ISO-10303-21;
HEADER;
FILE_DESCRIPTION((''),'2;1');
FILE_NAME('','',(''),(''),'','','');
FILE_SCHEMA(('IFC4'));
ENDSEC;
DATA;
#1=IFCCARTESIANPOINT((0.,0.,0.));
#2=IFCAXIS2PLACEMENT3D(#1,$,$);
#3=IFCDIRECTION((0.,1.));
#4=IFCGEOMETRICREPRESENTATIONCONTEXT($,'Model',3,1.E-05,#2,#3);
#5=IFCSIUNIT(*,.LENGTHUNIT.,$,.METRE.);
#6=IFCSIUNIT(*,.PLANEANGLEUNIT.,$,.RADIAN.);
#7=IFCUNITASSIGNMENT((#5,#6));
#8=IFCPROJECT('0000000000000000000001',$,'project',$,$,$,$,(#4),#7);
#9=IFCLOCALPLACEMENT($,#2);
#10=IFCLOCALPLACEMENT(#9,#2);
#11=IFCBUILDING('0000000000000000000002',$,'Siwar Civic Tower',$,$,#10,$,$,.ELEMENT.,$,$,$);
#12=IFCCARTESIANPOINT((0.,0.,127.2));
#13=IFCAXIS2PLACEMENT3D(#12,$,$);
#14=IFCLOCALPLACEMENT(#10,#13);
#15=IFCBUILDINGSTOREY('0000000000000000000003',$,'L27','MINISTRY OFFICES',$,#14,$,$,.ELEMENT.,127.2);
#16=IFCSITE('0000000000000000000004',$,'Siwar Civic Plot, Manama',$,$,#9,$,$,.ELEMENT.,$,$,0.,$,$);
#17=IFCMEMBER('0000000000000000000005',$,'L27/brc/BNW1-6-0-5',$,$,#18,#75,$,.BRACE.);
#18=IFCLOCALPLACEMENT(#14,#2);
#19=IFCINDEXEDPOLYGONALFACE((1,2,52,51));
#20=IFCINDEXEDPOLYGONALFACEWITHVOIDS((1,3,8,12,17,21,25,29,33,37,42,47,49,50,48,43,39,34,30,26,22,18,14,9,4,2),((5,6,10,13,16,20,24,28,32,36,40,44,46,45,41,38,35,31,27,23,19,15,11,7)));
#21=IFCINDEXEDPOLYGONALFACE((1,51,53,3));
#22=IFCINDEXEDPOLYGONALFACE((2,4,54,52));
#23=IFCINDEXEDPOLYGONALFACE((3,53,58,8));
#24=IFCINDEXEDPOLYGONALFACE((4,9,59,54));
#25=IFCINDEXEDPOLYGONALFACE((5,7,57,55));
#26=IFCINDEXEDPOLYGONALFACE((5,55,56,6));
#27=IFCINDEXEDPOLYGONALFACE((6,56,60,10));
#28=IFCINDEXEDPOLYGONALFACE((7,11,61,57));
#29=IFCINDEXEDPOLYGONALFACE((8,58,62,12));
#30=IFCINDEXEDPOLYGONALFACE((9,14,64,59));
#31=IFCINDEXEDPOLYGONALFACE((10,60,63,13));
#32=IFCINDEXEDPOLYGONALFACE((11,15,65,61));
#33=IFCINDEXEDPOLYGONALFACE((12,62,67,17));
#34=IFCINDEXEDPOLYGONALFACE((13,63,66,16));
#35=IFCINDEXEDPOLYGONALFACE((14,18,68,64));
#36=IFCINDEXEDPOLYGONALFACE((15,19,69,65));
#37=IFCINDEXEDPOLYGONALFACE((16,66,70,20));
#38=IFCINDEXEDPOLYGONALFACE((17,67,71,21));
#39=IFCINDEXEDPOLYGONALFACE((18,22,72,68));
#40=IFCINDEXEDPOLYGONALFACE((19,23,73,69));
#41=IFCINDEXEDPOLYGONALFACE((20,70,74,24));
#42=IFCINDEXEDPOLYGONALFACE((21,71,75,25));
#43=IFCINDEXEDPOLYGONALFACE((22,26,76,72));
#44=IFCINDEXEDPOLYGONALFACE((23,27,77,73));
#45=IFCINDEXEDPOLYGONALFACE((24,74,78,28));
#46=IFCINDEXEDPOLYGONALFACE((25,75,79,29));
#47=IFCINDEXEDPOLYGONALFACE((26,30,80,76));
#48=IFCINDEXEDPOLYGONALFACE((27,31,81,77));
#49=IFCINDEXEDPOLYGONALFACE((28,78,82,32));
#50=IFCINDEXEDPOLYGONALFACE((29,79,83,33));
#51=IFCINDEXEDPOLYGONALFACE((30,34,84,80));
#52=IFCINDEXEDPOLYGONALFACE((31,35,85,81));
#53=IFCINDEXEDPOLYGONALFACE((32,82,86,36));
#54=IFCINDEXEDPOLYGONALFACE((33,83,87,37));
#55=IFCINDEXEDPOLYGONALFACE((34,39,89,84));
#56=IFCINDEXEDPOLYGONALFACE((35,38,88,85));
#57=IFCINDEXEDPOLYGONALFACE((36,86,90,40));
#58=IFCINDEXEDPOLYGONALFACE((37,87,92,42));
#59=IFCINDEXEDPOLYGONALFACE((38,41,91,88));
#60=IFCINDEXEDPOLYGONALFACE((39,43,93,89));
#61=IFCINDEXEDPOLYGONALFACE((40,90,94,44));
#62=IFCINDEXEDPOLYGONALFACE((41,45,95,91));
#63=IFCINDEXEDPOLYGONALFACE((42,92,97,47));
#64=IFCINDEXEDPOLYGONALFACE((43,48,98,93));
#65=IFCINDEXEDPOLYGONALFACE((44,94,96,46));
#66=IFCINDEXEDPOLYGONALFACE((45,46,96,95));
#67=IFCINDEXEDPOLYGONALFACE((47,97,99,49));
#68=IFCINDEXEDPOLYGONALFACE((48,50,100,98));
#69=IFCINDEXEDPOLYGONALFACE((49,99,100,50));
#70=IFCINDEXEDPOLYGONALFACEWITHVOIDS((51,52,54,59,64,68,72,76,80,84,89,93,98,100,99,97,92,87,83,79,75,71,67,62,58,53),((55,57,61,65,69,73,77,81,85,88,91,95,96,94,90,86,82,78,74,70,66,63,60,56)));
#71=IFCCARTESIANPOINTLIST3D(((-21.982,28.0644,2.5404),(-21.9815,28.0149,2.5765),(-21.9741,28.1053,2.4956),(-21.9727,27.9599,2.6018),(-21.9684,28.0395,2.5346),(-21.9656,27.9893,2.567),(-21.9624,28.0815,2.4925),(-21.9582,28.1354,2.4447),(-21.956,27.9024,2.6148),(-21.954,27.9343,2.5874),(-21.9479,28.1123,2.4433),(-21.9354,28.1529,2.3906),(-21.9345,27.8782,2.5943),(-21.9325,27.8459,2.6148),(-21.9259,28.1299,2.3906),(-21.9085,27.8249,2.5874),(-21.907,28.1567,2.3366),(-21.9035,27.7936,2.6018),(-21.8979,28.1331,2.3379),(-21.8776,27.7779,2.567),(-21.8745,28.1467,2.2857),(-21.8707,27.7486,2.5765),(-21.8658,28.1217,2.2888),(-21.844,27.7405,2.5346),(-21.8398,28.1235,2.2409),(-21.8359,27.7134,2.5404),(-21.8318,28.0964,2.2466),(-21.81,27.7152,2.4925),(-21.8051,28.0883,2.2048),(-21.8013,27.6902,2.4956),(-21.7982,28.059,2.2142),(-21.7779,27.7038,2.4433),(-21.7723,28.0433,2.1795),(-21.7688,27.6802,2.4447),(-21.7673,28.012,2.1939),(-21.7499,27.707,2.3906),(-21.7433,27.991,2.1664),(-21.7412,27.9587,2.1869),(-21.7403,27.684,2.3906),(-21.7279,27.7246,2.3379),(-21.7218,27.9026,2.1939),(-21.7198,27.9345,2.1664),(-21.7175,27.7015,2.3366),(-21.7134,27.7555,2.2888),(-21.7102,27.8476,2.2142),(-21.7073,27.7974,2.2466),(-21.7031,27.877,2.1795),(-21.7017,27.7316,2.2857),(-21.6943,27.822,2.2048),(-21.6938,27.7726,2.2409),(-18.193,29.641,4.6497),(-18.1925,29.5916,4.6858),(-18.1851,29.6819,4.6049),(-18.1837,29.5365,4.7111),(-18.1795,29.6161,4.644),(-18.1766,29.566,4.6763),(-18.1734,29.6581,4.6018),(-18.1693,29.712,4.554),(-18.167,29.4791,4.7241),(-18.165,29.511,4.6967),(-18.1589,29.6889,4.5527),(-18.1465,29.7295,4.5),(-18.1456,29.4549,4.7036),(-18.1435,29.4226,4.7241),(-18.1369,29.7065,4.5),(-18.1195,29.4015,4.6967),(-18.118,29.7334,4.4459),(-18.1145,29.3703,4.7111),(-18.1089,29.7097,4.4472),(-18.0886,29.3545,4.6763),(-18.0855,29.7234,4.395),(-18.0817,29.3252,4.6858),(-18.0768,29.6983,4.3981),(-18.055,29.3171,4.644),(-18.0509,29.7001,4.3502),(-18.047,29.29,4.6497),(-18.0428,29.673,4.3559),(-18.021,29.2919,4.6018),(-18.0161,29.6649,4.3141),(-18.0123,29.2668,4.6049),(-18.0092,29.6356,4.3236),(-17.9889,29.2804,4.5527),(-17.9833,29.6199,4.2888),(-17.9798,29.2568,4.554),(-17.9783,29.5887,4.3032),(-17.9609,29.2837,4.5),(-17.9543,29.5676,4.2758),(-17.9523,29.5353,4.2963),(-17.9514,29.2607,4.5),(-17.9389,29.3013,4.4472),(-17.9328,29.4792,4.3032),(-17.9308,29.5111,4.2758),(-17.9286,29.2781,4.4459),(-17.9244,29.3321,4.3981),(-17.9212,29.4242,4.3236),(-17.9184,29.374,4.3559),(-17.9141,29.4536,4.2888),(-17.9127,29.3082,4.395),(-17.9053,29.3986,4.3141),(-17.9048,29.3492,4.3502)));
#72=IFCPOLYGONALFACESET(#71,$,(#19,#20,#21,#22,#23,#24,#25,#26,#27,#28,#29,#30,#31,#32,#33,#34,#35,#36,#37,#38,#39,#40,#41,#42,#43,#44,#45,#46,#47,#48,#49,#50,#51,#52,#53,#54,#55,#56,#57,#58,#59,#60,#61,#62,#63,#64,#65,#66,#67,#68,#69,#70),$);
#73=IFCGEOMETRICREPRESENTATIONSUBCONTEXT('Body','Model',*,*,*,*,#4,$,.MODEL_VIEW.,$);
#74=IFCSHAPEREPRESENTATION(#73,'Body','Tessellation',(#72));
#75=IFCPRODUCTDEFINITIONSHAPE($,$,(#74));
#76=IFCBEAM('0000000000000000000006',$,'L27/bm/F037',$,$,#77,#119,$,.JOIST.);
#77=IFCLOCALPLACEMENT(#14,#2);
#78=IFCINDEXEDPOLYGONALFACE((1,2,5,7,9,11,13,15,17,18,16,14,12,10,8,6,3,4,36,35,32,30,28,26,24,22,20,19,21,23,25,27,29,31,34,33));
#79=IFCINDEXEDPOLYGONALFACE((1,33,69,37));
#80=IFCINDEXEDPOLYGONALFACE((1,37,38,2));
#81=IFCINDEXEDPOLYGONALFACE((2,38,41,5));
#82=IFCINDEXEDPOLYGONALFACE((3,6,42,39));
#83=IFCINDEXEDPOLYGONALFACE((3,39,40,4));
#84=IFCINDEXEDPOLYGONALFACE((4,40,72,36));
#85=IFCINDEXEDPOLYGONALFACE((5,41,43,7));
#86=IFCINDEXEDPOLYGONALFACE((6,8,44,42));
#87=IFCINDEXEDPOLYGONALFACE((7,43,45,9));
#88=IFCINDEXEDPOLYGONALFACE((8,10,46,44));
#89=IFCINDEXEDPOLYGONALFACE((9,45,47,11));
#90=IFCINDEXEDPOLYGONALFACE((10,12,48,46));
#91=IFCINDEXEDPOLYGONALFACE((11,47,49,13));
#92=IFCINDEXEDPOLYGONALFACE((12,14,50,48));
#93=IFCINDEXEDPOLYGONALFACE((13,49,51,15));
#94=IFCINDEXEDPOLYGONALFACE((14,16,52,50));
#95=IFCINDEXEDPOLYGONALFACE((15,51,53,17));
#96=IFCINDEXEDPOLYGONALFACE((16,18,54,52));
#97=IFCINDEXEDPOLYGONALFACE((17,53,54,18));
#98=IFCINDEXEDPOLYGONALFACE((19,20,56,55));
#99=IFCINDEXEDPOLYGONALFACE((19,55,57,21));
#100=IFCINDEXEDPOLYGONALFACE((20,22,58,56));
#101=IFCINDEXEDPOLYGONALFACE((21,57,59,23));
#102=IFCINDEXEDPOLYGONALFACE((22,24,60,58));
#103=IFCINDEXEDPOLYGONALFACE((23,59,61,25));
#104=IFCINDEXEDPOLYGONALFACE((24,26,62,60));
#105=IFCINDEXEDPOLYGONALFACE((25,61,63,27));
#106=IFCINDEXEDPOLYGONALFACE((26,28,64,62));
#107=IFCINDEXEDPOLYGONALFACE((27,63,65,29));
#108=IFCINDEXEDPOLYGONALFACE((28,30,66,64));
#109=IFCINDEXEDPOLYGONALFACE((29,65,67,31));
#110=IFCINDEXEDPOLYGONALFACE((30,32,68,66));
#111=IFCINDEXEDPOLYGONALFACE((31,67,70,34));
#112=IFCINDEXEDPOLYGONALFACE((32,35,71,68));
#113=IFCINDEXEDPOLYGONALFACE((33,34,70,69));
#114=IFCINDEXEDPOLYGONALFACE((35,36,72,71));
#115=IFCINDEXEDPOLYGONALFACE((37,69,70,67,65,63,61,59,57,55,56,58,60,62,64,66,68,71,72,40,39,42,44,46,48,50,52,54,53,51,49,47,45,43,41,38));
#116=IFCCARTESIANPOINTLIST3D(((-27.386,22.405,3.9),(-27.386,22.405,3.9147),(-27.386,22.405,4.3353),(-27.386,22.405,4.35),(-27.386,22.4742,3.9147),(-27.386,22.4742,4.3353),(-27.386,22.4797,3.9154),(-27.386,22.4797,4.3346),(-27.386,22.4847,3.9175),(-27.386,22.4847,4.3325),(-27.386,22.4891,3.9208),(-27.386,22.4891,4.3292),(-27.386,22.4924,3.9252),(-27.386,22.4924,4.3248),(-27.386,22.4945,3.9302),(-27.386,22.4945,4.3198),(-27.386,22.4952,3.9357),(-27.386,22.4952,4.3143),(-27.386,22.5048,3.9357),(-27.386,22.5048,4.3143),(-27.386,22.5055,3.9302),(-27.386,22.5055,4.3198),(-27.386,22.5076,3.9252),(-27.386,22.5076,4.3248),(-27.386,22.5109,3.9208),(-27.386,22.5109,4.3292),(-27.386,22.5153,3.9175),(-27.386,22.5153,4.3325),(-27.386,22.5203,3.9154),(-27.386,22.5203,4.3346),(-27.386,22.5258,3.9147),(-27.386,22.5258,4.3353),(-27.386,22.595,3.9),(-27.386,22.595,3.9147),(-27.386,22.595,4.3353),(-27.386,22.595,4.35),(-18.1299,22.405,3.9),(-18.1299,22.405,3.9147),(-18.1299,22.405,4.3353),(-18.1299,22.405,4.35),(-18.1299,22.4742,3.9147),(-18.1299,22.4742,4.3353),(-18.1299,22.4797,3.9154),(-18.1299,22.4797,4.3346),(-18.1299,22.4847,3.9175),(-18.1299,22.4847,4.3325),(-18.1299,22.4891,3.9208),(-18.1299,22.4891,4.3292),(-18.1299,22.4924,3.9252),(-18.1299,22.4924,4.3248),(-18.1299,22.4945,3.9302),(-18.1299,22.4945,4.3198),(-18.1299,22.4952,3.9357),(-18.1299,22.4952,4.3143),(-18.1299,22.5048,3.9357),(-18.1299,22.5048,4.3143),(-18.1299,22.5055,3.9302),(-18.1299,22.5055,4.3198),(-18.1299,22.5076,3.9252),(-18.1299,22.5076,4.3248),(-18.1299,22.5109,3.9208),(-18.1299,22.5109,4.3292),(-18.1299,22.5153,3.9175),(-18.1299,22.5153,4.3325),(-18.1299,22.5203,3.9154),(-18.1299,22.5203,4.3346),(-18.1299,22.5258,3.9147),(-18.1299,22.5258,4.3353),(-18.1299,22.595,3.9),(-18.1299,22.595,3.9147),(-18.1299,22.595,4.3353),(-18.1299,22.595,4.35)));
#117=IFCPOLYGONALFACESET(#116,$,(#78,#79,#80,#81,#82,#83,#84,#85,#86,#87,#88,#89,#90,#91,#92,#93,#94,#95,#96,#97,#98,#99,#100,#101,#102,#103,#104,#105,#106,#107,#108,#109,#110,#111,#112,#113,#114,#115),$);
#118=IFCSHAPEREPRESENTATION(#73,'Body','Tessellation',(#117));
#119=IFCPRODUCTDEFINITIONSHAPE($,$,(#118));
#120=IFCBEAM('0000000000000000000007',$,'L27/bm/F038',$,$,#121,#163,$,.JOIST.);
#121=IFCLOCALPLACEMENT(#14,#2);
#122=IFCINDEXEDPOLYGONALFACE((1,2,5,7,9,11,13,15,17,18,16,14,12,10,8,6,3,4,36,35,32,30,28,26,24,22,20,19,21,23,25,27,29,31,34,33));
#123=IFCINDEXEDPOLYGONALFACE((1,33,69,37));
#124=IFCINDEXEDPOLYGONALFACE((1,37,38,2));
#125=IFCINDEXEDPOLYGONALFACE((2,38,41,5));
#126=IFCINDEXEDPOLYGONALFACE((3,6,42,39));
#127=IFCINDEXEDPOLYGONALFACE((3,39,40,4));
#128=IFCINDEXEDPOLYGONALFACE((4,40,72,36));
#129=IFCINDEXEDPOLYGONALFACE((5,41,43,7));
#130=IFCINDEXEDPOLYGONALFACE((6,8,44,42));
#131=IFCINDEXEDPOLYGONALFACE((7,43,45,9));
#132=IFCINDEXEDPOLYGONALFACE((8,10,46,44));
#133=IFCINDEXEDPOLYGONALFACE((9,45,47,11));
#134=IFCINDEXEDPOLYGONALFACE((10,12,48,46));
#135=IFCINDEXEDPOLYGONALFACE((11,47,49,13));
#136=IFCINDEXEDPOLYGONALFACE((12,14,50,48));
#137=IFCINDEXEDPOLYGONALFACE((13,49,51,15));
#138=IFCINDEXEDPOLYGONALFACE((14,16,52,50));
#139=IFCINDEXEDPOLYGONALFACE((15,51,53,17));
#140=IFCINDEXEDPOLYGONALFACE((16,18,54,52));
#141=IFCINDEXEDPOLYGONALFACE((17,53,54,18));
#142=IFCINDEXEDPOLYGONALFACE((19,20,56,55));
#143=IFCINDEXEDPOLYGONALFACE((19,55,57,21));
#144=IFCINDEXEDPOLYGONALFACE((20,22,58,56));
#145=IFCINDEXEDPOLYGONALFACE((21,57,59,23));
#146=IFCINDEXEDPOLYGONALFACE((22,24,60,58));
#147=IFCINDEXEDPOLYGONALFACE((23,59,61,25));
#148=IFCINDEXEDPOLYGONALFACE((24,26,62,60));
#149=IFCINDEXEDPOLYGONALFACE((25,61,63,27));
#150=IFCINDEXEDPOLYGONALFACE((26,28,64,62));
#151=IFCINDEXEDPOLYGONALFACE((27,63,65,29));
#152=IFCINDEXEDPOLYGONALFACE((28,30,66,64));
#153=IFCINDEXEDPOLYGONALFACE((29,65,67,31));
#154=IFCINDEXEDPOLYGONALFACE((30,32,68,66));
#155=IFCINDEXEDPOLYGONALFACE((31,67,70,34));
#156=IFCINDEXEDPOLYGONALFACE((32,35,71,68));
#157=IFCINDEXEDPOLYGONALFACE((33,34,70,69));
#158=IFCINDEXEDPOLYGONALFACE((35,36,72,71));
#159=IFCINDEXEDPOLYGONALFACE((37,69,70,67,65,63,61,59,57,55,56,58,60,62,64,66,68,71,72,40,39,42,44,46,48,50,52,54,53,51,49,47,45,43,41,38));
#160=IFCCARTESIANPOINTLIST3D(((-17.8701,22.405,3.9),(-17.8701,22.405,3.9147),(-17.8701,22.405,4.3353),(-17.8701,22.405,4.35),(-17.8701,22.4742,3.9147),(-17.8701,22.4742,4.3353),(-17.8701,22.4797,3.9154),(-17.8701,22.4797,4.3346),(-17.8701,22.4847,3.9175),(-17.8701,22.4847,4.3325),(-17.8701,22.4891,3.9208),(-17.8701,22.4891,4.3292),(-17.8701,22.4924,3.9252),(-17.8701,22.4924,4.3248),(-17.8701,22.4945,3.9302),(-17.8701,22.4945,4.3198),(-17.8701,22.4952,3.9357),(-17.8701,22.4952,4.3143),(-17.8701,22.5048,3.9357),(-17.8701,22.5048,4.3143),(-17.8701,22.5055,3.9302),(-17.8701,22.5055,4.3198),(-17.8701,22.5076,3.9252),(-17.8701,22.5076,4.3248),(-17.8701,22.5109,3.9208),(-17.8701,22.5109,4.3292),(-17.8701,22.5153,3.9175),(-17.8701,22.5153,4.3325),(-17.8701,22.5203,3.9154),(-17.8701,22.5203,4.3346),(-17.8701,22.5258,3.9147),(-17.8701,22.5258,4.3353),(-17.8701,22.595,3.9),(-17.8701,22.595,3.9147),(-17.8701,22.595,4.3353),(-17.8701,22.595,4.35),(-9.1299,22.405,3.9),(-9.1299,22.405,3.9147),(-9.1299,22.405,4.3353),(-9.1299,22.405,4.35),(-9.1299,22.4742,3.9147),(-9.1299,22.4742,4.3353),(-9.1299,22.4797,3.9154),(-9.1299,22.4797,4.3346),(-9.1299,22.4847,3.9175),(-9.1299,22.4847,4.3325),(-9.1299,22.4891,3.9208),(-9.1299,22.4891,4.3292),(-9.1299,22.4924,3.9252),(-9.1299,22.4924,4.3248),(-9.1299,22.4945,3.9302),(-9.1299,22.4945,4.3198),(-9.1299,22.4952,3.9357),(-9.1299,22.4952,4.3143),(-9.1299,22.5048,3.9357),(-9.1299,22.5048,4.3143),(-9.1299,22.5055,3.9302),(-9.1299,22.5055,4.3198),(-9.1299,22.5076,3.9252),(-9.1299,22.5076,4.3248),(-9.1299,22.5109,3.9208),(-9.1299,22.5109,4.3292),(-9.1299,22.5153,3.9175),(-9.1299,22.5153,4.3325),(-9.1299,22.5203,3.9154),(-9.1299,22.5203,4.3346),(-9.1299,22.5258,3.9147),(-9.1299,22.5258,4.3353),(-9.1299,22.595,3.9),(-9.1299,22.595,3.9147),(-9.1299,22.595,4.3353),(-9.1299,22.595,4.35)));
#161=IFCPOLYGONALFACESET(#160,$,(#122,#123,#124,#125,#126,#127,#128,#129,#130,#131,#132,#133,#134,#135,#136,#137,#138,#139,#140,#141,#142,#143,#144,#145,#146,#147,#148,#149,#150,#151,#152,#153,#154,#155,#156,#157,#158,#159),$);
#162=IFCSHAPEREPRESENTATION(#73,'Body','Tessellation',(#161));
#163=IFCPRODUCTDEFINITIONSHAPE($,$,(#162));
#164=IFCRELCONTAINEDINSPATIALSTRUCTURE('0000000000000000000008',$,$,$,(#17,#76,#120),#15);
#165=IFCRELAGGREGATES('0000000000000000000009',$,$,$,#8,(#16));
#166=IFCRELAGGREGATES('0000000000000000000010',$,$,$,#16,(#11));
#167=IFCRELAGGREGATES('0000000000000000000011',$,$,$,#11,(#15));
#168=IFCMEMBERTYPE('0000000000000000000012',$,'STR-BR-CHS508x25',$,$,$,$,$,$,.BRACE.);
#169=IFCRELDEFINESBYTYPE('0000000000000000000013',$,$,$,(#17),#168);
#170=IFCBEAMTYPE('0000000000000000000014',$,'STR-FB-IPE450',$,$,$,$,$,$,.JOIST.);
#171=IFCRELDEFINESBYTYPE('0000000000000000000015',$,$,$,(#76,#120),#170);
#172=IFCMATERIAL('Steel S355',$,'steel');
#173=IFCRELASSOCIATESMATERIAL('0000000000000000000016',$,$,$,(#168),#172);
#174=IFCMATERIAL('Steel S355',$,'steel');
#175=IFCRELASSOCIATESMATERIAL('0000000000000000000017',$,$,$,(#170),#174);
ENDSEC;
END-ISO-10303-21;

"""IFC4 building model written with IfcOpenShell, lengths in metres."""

from ifc_helpers import new_model, si_unit, direction, frame, origin, origin_2d, place, context, subcontext, project, spatial, hollow_circle, i_section, extrude, material, material_profile, profile_set, type_object, element, save


model = new_model("IFC4")

# Units and contexts
model_context = context("Model", 3, precision=1e-05, world=origin(), true_north=direction((0.0, 1.0)))
body_context = subcontext(model_context, "Body", "Model", "MODEL_VIEW")
ifc_project = project(units=[si_unit("LENGTHUNIT", "METRE"), si_unit("PLANEANGLEUNIT", "RADIAN")], contexts=[model_context])

# Site, building, storey
site_placement = place(None, origin())
site = spatial("IfcSite", under=ifc_project, at=site_placement, Name="Siwar Civic Plot, Manama", CompositionType="ELEMENT", RefElevation=0.0)
building_placement = place(site_placement, origin())
building = spatial("IfcBuilding", under=site, at=building_placement, Name="Siwar Civic Tower", CompositionType="ELEMENT")
storey_placement = place(building_placement, frame((0.0, 0.0, 127.2)))
storey = spatial("IfcBuildingStorey", under=building, at=storey_placement, Name="L27", Description="MINISTRY OFFICES", CompositionType="ELEMENT", Elevation=127.2)

# Member
ifc_material_1 = material(Name="Steel S355", Category="steel")
ifc_material_profile_1 = material_profile(ifc_material_1, hollow_circle(Radius=0.2539, WallThickness=0.0249, at=origin_2d()), Name="CHS508x25")
ifc_profile_set_1 = profile_set([ifc_material_profile_1], Name="Steel S355")
member_type_1 = type_object("IfcMemberType", Name="STR-BR-CHS508x25", PredefinedType="BRACE", material=ifc_profile_set_1)
member_1_placement = place(storey_placement, frame((-21.8379, 27.9185, 2.3906), z_axis=(0.821146, 0.341686, 0.457133), x_axis=(-0.384176, 0.92326, 0.0)))
element("IfcMember", 1, at=member_1_placement, inside=storey, type_object=member_type_1, Name="L27/brc/BNW1-6-0-5", PredefinedType="BRACE", context=body_context, shape_type="SweptSolid", body=[
    extrude(hollow_circle(Radius=0.2539, WallThickness=0.0249, at=origin_2d()), origin(), (0.0, 0.0, 1.0), 4.6143),
])

# Beams
ifc_material_2 = material(Name="Steel S355", Category="steel")
ifc_material_profile_2 = material_profile(ifc_material_2, i_section(OverallWidth=0.1899, OverallDepth=0.45, WebThickness=0.0095, FlangeThickness=0.0146, FilletRadius=0.021, at=origin_2d()), Name="IPE450")
ifc_profile_set_2 = profile_set([ifc_material_profile_2], Name="Steel S355")
beam_type_1 = type_object("IfcBeamType", Name="STR-FB-IPE450", PredefinedType="JOIST", material=ifc_profile_set_2)
beam_1_placement = place(storey_placement, frame((-27.386, 22.5, 4.125), z_axis=(1.0, 0.0, 0.0), x_axis=(0.0, 1.0, 0.0)))
element("IfcBeam", 2, at=beam_1_placement, inside=storey, type_object=beam_type_1, Name="L27/bm/F037", PredefinedType="JOIST", context=body_context, shape_type="SweptSolid", body=[
    extrude(i_section(OverallWidth=0.1899, OverallDepth=0.45, WebThickness=0.0095, FlangeThickness=0.0146, FilletRadius=0.021, at=origin_2d()), origin(), (0.0, 0.0, 1.0), 9.2561),
])
beam_2_placement = place(storey_placement, frame((-17.8701, 22.5, 4.125), z_axis=(1.0, 0.0, 0.0), x_axis=(0.0, 1.0, 0.0)))
element("IfcBeam", 3, at=beam_2_placement, inside=storey, type_object=beam_type_1, Name="L27/bm/F038", PredefinedType="JOIST", context=body_context, shape_type="SweptSolid", body=[
    extrude(i_section(OverallWidth=0.1899, OverallDepth=0.45, WebThickness=0.0095, FlangeThickness=0.0146, FilletRadius=0.021, at=origin_2d()), origin(), (0.0, 0.0, 1.0), 8.7402),
])

save(model, "model.ifc")
